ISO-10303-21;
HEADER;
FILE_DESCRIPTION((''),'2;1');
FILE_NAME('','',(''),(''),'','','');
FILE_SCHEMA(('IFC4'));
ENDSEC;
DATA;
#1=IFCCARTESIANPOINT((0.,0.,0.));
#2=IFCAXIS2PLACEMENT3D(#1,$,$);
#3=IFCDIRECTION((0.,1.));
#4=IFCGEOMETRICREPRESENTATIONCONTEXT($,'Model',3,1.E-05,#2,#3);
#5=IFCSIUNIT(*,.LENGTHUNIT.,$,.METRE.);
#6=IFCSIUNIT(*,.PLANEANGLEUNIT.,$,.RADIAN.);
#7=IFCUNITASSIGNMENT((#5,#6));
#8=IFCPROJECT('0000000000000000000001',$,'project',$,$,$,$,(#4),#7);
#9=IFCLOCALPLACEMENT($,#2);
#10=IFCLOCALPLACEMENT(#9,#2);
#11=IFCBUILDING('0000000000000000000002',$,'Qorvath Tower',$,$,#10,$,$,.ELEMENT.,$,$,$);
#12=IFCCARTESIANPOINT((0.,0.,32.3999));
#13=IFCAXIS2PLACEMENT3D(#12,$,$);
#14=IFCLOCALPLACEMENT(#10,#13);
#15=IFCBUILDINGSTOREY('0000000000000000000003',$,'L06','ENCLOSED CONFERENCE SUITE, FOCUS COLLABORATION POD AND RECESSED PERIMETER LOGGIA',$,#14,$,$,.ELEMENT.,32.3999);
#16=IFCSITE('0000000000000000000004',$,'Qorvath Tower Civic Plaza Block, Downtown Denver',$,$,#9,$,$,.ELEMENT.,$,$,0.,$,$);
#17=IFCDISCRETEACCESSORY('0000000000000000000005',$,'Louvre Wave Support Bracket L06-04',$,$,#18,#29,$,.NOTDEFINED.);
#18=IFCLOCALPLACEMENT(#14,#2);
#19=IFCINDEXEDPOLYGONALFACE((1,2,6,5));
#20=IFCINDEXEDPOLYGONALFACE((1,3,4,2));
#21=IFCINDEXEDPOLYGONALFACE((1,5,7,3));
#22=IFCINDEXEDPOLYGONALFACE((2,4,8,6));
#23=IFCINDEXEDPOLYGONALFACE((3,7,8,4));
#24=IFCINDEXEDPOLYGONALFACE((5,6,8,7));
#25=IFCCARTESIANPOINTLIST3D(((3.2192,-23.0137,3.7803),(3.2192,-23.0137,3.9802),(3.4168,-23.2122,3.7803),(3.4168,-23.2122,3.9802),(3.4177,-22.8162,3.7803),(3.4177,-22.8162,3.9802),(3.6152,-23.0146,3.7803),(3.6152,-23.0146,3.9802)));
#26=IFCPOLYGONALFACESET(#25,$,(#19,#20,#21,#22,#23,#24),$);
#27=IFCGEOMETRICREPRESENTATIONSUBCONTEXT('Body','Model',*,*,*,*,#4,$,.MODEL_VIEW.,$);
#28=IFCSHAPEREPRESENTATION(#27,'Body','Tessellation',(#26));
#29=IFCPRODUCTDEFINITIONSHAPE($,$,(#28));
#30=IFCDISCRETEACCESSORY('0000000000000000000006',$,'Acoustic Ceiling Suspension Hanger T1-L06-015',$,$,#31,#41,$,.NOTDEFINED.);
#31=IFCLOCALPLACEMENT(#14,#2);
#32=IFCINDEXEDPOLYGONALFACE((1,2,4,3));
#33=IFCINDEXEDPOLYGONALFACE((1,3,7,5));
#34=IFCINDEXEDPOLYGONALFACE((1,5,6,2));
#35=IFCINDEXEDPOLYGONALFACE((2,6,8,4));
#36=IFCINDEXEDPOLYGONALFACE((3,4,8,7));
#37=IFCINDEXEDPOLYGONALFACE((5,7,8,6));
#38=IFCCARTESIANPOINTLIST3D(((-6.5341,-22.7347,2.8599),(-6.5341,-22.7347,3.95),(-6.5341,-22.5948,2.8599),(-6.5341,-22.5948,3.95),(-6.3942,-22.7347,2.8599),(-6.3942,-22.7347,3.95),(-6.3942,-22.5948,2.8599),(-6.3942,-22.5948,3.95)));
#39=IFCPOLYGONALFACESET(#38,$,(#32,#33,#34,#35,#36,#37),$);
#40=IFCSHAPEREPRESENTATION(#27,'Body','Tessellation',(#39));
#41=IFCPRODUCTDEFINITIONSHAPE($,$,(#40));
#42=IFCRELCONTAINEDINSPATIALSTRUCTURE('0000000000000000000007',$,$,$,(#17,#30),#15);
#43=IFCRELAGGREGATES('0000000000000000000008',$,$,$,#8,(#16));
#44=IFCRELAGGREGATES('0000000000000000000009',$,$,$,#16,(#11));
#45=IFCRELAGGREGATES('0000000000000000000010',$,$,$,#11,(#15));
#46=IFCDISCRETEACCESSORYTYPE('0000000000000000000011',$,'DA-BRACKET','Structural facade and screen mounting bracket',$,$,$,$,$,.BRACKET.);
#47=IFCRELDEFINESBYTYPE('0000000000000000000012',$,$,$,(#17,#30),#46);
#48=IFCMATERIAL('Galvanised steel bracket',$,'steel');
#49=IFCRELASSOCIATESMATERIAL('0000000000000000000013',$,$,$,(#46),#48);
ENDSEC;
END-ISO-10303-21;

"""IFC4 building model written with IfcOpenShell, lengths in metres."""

from ifc_helpers import new_model, si_unit, direction, frame, origin, origin_2d, place, context, subcontext, project, spatial, rectangle, extrude, material, type_object, element, save


model = new_model("IFC4")

# Units and contexts
model_context = context("Model", 3, precision=1e-05, world=origin(), true_north=direction((0.0, 1.0)))
body_context = subcontext(model_context, "Body", "Model", "MODEL_VIEW")
ifc_project = project(units=[si_unit("LENGTHUNIT", "METRE"), si_unit("PLANEANGLEUNIT", "RADIAN")], contexts=[model_context])

# Site, building, storey
site_placement = place(None, origin())
site = spatial("IfcSite", under=ifc_project, at=site_placement, Name="Qorvath Tower Civic Plaza Block, Downtown Denver", CompositionType="ELEMENT", RefElevation=0.0)
building_placement = place(site_placement, origin())
building = spatial("IfcBuilding", under=site, at=building_placement, Name="Qorvath Tower", CompositionType="ELEMENT")
storey_placement = place(building_placement, frame((0.0, 0.0, 32.3999)))
storey = spatial("IfcBuildingStorey", under=building, at=storey_placement, Name="L06", Description="ENCLOSED CONFERENCE SUITE, FOCUS COLLABORATION POD AND RECESSED PERIMETER LOGGIA", CompositionType="ELEMENT", Elevation=32.3999)

# Discrete accessories
ifc_material_1 = material(Name="Galvanised steel bracket", Category="steel")
discrete_accessory_type = type_object("IfcDiscreteAccessoryType", Name="DA-BRACKET", Description="Structural facade and screen mounting bracket", PredefinedType="BRACKET", material=ifc_material_1)
for number, where, z_axis, x_axis, name in (
    (1, (3.4172, -23.0142, 3.7803), (0.0, 0.0, 1.0), (0.708693, 0.705517, 0.0), "Louvre Wave Support Bracket L06-04"),
):
    element("IfcDiscreteAccessory", number, at=place(storey_placement, frame(where, z_axis=z_axis, x_axis=x_axis)), inside=storey, type_object=discrete_accessory_type, Name=name, PredefinedType="NOTDEFINED", context=body_context, shape_type="SweptSolid", body=[
        extrude(rectangle(XDim=0.28, YDim=0.28, at=origin_2d()), origin(), (0.0, 0.0, 1.0), 0.2),
    ])
discrete_accessory_placement = place(storey_placement, frame((-6.4641, -22.6648, 2.8599), z_axis=(0.0, 0.0, 1.0), x_axis=(1.0, 0.0, 0.0)))
element("IfcDiscreteAccessory", 2, at=discrete_accessory_placement, inside=storey, type_object=discrete_accessory_type, Name="Acoustic Ceiling Suspension Hanger T1-L06-015", PredefinedType="NOTDEFINED", context=body_context, shape_type="SweptSolid", body=[
    extrude(rectangle(XDim=0.1399, YDim=0.1399, at=origin_2d()), origin(), (0.0, 0.0, 1.0), 1.0901),
])

save(model, "model.ifc")
